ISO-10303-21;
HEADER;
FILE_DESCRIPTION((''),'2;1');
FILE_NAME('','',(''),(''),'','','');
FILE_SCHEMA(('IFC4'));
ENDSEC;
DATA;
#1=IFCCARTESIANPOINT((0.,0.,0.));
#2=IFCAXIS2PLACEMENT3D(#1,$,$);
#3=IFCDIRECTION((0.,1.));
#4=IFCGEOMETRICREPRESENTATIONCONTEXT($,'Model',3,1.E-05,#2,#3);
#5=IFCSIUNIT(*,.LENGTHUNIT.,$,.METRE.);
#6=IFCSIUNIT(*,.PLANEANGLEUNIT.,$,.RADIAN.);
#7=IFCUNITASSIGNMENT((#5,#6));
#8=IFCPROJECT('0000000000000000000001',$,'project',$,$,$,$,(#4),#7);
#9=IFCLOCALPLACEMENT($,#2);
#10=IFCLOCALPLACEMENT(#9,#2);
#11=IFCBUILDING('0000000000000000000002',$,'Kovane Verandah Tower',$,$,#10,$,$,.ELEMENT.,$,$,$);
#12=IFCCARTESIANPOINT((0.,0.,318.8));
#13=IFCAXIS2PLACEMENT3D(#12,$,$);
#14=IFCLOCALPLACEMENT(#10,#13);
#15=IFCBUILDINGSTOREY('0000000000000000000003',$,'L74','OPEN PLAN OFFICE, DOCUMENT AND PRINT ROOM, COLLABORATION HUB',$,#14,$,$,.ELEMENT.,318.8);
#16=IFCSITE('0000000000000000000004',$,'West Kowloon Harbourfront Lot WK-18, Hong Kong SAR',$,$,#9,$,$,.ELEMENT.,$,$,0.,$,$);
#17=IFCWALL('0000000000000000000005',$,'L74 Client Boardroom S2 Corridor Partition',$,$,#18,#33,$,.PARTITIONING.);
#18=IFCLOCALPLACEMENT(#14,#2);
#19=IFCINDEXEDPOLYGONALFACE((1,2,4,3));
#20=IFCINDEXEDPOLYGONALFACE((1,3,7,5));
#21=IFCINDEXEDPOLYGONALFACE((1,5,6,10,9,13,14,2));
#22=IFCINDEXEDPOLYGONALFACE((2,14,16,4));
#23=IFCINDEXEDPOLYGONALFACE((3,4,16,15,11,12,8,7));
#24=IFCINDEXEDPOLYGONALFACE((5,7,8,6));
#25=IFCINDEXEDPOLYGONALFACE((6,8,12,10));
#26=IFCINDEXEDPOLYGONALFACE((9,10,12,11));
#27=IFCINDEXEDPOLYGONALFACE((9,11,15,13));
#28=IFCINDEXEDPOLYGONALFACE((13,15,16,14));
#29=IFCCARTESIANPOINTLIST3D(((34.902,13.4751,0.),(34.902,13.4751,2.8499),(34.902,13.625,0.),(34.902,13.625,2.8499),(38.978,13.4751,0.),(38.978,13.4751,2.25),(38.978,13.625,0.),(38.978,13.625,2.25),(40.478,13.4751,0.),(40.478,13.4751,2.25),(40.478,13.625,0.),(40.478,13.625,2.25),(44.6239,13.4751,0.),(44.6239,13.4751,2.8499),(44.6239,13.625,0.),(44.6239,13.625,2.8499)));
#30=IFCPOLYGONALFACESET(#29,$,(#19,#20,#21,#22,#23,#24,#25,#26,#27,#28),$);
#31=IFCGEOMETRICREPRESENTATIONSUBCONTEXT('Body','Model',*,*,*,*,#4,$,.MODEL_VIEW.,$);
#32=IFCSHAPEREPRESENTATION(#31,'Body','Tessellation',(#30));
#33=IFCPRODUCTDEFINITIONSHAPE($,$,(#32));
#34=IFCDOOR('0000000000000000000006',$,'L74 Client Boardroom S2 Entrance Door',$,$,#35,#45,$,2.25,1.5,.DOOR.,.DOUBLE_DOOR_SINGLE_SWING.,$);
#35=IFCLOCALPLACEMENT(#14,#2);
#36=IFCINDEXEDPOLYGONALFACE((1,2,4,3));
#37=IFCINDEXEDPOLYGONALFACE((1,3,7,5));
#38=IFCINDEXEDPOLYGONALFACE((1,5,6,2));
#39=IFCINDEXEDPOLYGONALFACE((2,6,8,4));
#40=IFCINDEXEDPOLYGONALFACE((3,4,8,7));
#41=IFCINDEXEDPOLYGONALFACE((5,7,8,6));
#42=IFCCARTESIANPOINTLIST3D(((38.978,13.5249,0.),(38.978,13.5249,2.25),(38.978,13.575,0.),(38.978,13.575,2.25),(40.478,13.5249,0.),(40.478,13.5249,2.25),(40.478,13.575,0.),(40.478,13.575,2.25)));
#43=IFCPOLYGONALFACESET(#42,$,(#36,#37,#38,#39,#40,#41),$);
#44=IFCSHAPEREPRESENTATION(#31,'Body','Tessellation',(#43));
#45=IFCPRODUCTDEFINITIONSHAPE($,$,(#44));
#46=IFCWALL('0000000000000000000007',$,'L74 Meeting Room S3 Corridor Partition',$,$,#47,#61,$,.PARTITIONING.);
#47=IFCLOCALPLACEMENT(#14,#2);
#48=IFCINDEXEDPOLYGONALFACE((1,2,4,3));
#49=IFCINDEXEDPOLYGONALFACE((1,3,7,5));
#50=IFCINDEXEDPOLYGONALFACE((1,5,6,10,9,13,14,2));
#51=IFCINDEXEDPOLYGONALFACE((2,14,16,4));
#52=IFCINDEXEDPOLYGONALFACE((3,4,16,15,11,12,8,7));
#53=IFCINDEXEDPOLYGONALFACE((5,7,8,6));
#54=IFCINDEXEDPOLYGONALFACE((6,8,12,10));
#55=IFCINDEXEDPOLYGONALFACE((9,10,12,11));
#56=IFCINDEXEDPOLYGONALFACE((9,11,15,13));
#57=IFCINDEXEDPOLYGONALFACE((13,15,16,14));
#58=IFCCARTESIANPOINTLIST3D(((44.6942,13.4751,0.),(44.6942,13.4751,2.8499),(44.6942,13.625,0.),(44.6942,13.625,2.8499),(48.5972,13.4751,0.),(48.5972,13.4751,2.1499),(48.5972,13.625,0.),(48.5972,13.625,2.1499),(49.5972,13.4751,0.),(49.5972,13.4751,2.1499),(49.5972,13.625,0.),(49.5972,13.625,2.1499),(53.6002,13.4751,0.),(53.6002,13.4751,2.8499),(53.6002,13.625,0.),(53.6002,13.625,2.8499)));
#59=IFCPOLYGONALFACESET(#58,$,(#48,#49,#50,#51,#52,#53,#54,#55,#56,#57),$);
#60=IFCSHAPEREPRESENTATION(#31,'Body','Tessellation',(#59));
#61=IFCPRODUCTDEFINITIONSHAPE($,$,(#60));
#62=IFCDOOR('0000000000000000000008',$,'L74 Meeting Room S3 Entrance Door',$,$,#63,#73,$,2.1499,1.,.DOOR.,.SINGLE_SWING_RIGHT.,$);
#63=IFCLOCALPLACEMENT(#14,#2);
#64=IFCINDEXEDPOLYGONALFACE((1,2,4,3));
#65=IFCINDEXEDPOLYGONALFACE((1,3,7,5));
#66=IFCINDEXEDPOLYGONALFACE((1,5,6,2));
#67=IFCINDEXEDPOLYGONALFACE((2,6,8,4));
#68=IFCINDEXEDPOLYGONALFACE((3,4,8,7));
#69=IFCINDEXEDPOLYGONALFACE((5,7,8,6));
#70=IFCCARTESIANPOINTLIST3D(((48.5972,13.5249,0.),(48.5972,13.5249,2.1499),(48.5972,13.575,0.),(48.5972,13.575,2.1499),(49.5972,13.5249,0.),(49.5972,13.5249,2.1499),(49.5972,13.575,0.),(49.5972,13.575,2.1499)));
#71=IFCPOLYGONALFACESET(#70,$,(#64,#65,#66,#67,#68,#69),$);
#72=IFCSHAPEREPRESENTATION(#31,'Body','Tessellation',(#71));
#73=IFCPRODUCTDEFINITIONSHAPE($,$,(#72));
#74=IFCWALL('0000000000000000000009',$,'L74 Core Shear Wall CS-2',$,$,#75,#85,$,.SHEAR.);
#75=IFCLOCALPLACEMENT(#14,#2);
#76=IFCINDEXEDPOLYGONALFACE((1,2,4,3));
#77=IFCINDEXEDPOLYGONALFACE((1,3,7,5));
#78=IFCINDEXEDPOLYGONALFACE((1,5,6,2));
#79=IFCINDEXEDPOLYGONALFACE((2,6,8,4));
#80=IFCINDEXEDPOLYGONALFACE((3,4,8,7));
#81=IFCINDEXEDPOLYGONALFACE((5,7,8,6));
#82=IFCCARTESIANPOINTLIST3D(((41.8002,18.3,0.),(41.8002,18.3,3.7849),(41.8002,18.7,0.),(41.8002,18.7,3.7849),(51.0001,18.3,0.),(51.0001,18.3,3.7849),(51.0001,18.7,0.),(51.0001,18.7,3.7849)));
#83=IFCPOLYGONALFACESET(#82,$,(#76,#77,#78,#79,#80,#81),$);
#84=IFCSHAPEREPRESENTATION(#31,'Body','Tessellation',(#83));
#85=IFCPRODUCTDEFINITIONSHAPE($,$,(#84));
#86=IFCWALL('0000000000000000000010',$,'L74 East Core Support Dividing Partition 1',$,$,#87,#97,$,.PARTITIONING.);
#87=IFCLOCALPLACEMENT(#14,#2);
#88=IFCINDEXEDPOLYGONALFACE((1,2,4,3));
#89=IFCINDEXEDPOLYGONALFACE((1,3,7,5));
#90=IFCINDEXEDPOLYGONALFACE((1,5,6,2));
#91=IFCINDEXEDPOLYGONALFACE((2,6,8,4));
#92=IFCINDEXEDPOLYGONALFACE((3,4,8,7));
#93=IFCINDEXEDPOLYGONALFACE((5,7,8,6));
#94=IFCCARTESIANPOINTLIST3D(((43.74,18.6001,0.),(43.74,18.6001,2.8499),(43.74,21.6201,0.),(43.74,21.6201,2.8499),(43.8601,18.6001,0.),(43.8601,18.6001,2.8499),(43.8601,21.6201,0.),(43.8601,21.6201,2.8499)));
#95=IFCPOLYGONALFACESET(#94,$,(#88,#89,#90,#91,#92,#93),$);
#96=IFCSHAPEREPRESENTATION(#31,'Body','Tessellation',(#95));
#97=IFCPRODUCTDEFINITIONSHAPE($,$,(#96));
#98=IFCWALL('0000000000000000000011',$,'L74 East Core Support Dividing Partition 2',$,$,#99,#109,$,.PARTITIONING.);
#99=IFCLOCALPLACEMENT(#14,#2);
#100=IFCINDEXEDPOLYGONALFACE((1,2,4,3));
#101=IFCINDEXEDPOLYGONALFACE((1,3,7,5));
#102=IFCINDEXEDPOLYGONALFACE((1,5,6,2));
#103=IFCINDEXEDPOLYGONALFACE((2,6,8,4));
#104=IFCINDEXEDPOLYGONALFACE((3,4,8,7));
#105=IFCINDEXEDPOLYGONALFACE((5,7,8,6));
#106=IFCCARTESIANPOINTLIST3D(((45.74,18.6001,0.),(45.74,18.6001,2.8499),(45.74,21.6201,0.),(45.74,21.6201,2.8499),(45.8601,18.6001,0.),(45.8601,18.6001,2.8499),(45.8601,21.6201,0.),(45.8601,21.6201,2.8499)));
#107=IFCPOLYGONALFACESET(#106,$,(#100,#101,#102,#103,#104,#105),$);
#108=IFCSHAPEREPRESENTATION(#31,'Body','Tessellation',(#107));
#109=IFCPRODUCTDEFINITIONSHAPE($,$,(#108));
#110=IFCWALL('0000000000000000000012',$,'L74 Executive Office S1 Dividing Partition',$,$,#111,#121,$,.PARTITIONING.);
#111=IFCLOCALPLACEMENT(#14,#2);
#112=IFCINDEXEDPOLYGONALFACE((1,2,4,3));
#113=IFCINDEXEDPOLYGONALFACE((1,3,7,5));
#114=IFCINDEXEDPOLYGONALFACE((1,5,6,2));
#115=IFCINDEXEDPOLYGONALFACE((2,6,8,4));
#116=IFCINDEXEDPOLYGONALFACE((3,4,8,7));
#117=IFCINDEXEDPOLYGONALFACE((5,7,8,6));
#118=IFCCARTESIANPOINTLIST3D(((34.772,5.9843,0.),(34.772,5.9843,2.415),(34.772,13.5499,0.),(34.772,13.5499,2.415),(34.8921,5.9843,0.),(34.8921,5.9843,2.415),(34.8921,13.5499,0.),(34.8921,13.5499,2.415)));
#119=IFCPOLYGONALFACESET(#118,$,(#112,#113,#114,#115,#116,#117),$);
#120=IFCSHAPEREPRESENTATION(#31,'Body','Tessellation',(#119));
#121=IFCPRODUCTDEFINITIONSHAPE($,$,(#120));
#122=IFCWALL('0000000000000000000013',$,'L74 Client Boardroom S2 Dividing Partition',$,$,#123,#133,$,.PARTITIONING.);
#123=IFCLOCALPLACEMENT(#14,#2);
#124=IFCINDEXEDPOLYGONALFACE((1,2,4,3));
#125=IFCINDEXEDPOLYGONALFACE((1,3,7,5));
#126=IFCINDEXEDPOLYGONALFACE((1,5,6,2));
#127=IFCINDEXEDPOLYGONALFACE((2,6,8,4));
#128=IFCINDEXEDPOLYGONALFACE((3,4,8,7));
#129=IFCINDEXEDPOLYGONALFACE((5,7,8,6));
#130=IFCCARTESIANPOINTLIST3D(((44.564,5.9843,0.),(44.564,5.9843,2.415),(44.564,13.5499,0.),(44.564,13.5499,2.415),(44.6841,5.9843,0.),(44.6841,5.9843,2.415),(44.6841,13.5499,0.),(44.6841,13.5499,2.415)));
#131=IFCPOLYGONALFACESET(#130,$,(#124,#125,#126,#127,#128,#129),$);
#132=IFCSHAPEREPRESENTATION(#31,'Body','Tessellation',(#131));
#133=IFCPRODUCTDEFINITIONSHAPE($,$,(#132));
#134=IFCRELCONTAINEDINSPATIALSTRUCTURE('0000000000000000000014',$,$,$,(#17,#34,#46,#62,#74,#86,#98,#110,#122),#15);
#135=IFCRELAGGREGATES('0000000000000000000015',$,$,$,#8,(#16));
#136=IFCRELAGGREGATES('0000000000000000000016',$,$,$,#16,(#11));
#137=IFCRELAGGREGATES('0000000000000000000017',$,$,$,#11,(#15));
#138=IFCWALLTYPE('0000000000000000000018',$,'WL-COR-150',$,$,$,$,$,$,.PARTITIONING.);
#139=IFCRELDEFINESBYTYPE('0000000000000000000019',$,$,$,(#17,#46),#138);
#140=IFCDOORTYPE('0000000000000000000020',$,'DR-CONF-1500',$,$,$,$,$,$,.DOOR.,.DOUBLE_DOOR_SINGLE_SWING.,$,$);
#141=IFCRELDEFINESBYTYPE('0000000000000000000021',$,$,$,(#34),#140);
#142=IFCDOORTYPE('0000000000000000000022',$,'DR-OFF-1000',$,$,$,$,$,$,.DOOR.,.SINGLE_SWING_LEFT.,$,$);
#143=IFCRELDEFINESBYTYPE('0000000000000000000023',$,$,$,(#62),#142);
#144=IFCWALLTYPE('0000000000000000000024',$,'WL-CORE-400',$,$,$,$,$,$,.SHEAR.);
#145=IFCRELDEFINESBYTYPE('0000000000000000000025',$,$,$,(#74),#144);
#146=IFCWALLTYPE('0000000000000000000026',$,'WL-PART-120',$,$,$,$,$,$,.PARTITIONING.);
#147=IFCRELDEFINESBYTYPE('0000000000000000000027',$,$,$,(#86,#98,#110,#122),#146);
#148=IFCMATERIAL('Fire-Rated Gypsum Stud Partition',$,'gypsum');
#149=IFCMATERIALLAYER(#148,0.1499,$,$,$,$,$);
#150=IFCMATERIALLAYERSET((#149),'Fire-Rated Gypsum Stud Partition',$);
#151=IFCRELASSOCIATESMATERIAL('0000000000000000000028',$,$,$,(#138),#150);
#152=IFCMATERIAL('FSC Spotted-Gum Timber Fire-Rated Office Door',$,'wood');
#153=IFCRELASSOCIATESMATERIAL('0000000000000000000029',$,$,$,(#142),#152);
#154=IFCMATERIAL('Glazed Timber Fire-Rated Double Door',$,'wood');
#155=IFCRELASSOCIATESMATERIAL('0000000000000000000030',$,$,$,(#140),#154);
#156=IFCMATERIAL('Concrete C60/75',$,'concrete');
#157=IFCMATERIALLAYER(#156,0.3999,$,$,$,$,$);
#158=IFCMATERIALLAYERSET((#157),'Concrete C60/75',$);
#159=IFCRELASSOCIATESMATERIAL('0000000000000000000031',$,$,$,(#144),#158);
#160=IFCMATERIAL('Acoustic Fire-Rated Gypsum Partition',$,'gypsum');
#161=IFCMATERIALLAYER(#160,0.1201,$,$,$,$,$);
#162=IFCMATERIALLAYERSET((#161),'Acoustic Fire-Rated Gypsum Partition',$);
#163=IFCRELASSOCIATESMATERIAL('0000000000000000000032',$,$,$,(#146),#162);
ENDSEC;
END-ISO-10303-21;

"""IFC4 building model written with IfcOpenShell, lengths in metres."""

from ifc_helpers import new_model, si_unit, direction, frame, frame_2d, origin, place, context, subcontext, project, spatial, rectangle, extrude, material, layer, layer_set, type_object, element, fill, save


model = new_model("IFC4")

# Units and contexts
model_context = context("Model", 3, precision=1e-05, world=origin(), true_north=direction((0.0, 1.0)))
body_context = subcontext(model_context, "Body", "Model", "MODEL_VIEW")
ifc_project = project(units=[si_unit("LENGTHUNIT", "METRE"), si_unit("PLANEANGLEUNIT", "RADIAN")], contexts=[model_context])

# Site, building, storey
site_placement = place(None, origin())
site = spatial("IfcSite", under=ifc_project, at=site_placement, Name="West Kowloon Harbourfront Lot WK-18, Hong Kong SAR", CompositionType="ELEMENT", RefElevation=0.0)
building_placement = place(site_placement, origin())
building = spatial("IfcBuilding", under=site, at=building_placement, Name="Kovane Verandah Tower", CompositionType="ELEMENT")
storey_placement = place(building_placement, frame((0.0, 0.0, 318.8)))
storey = spatial("IfcBuildingStorey", under=building, at=storey_placement, Name="L74", Description="OPEN PLAN OFFICE, DOCUMENT AND PRINT ROOM, COLLABORATION HUB", CompositionType="ELEMENT", Elevation=318.8)

# Shared definitions
ifc_material_1 = material(Name="Concrete C60/75", Category="concrete")

# Shared definitions
ifc_material_2 = material(Name="Fire-Rated Gypsum Stud Partition", Category="gypsum")
ifc_layer_1 = layer(ifc_material_2, 0.1499)
ifc_layer_set_1 = layer_set([ifc_layer_1], Name="Fire-Rated Gypsum Stud Partition")
wall_type_1 = type_object("IfcWallType", Name="WL-COR-150", PredefinedType="PARTITIONING", material=ifc_layer_set_1)

# Shared definitions
ifc_material_3 = material(Name="FSC Spotted-Gum Timber Fire-Rated Office Door", Category="wood")
door_type_1 = type_object("IfcDoorType", Name="DR-OFF-1000", OperationType="SINGLE_SWING_LEFT", PredefinedType="DOOR", material=ifc_material_3)

# Walls, openings, doors
wall_1_placement = place(storey_placement, frame((34.9021, 13.55, 0.0), z_axis=(0.0, 0.0, 1.0), x_axis=(1.0, 0.0, 0.0)))
wall_1 = element("IfcWall", 1, at=wall_1_placement, inside=storey, type_object=wall_type_1, Name="L74 Client Boardroom S2 Corridor Partition", PredefinedType="PARTITIONING", context=body_context, shape_type="SweptSolid", body=[
    extrude(rectangle(XDim=9.7219, YDim=0.1499, at=frame_2d((4.8608, 0.0))), origin(), (0.0, 0.0, 1.0), 2.8499),
])
opening_1_placement = place(wall_1_placement, frame((4.0759, 0.0, 0.0)))
opening_1 = element("IfcOpeningElement", 2, at=opening_1_placement, cuts=wall_1, PredefinedType="OPENING", context=body_context, shape_type="SweptSolid", body=[
    extrude(rectangle(XDim=1.5, YDim=2.25, at=frame_2d((0.75, 1.125))), frame((0.0, 0.075, 0.0), z_axis=(0.0, -1.0, 0.0), x_axis=(1.0, 0.0, 0.0)), (0.0, 0.0, 1.0), 0.1499),
])
ifc_material_4 = material(Name="Glazed Timber Fire-Rated Double Door", Category="wood")
door_type_2 = type_object("IfcDoorType", Name="DR-CONF-1500", OperationType="DOUBLE_DOOR_SINGLE_SWING", PredefinedType="DOOR", material=ifc_material_4)
door_1_placement = place(opening_1_placement, origin())
door_1 = element("IfcDoor", 3, at=door_1_placement, inside=storey, type_object=door_type_2, Name="L74 Client Boardroom S2 Entrance Door", OperationType="DOUBLE_DOOR_SINGLE_SWING", OverallHeight=2.25, OverallWidth=1.5, PredefinedType="DOOR", context=body_context, shape_type="SweptSolid", body=[
    extrude(rectangle(XDim=1.5, YDim=2.25, at=frame_2d((0.75, 1.125))), frame((0.0, 0.0249, 0.0), z_axis=(0.0, -1.0, 0.0), x_axis=(1.0, 0.0, 0.0)), (0.0, 0.0, 1.0), 0.05),
])
fill(opening_1, door_1)
wall_2_placement = place(storey_placement, frame((44.6941, 13.55, 0.0), z_axis=(0.0, 0.0, 1.0), x_axis=(1.0, 0.0, 0.0)))
wall_2 = element("IfcWall", 4, at=wall_2_placement, inside=storey, type_object=wall_type_1, Name="L74 Meeting Room S3 Corridor Partition", PredefinedType="PARTITIONING", context=body_context, shape_type="SweptSolid", body=[
    extrude(rectangle(XDim=8.906, YDim=0.1499, at=frame_2d((4.4531, 0.0))), origin(), (0.0, 0.0, 1.0), 2.8499),
])
opening_2_placement = place(wall_2_placement, frame((3.9031, 0.0, 0.0)))
opening_2 = element("IfcOpeningElement", 5, at=opening_2_placement, cuts=wall_2, PredefinedType="OPENING", context=body_context, shape_type="SweptSolid", body=[
    extrude(rectangle(XDim=1.0, YDim=2.1499, at=frame_2d((0.5, 1.075))), frame((0.0, 0.075, 0.0), z_axis=(0.0, -1.0, 0.0), x_axis=(1.0, 0.0, 0.0)), (0.0, 0.0, 1.0), 0.1499),
])
door_2_placement = place(opening_2_placement, origin())
door_2 = element("IfcDoor", 6, at=door_2_placement, inside=storey, type_object=door_type_1, Name="L74 Meeting Room S3 Entrance Door", OperationType="SINGLE_SWING_RIGHT", OverallHeight=2.1499, OverallWidth=1.0, PredefinedType="DOOR", context=body_context, shape_type="SweptSolid", body=[
    extrude(rectangle(XDim=1.0, YDim=2.1499, at=frame_2d((0.5, 1.075))), frame((0.0, 0.0249, 0.0), z_axis=(0.0, -1.0, 0.0), x_axis=(1.0, 0.0, 0.0)), (0.0, 0.0, 1.0), 0.05),
])
fill(opening_2, door_2)

# Walls
ifc_layer_2 = layer(ifc_material_1, 0.3999)
ifc_layer_set_2 = layer_set([ifc_layer_2], Name="Concrete C60/75")
wall_type_2 = type_object("IfcWallType", Name="WL-CORE-400", PredefinedType="SHEAR", material=ifc_layer_set_2)
wall_3_placement = place(storey_placement, frame((41.8, 18.5, 0.0), z_axis=(0.0, 0.0, 1.0), x_axis=(1.0, 0.0, 0.0)))
element("IfcWall", 7, at=wall_3_placement, inside=storey, type_object=wall_type_2, Name="L74 Core Shear Wall CS-2", PredefinedType="SHEAR", context=body_context, shape_type="SweptSolid", body=[
    extrude(rectangle(XDim=9.2, YDim=0.3999, at=frame_2d((4.6001, 0.0))), origin(), (0.0, 0.0, 1.0), 3.7849),
])
ifc_material_5 = material(Name="Acoustic Fire-Rated Gypsum Partition", Category="gypsum")
ifc_layer_3 = layer(ifc_material_5, 0.1201)
ifc_layer_set_3 = layer_set([ifc_layer_3], Name="Acoustic Fire-Rated Gypsum Partition")
wall_type_3 = type_object("IfcWallType", Name="WL-PART-120", PredefinedType="PARTITIONING", material=ifc_layer_set_3)
for number, where, z_axis, x_axis, name in (
    (8, (43.8, 18.6001, 0.0), (0.0, 0.0, 1.0), (0.0, 1.0, 0.0), "L74 East Core Support Dividing Partition 1"),
    (9, (45.8, 18.6001, 0.0), (0.0, 0.0, 1.0), (0.0, 1.0, 0.0), "L74 East Core Support Dividing Partition 2"),
):
    element("IfcWall", number, at=place(storey_placement, frame(where, z_axis=z_axis, x_axis=x_axis)), inside=storey, type_object=wall_type_3, Name=name, PredefinedType="PARTITIONING", context=body_context, shape_type="SweptSolid", body=[
        extrude(rectangle(XDim=3.02, YDim=0.1201, at=frame_2d((1.51, 0.0))), origin(), (0.0, 0.0, 1.0), 2.8499),
    ])
for number, where, z_axis, x_axis, name in (
    (10, (34.832, 5.9844, 0.0), (0.0, 0.0, 1.0), (0.0, 1.0, 0.0), "L74 Executive Office S1 Dividing Partition"),
    (11, (44.624, 5.9844, 0.0), (0.0, 0.0, 1.0), (0.0, 1.0, 0.0), "L74 Client Boardroom S2 Dividing Partition"),
):
    element("IfcWall", number, at=place(storey_placement, frame(where, z_axis=z_axis, x_axis=x_axis)), inside=storey, type_object=wall_type_3, Name=name, PredefinedType="PARTITIONING", context=body_context, shape_type="SweptSolid", body=[
        extrude(rectangle(XDim=7.5657, YDim=0.1201, at=frame_2d((3.7827, 0.0))), origin(), (0.0, 0.0, 1.0), 2.415),
    ])

save(model, "model.ifc")
